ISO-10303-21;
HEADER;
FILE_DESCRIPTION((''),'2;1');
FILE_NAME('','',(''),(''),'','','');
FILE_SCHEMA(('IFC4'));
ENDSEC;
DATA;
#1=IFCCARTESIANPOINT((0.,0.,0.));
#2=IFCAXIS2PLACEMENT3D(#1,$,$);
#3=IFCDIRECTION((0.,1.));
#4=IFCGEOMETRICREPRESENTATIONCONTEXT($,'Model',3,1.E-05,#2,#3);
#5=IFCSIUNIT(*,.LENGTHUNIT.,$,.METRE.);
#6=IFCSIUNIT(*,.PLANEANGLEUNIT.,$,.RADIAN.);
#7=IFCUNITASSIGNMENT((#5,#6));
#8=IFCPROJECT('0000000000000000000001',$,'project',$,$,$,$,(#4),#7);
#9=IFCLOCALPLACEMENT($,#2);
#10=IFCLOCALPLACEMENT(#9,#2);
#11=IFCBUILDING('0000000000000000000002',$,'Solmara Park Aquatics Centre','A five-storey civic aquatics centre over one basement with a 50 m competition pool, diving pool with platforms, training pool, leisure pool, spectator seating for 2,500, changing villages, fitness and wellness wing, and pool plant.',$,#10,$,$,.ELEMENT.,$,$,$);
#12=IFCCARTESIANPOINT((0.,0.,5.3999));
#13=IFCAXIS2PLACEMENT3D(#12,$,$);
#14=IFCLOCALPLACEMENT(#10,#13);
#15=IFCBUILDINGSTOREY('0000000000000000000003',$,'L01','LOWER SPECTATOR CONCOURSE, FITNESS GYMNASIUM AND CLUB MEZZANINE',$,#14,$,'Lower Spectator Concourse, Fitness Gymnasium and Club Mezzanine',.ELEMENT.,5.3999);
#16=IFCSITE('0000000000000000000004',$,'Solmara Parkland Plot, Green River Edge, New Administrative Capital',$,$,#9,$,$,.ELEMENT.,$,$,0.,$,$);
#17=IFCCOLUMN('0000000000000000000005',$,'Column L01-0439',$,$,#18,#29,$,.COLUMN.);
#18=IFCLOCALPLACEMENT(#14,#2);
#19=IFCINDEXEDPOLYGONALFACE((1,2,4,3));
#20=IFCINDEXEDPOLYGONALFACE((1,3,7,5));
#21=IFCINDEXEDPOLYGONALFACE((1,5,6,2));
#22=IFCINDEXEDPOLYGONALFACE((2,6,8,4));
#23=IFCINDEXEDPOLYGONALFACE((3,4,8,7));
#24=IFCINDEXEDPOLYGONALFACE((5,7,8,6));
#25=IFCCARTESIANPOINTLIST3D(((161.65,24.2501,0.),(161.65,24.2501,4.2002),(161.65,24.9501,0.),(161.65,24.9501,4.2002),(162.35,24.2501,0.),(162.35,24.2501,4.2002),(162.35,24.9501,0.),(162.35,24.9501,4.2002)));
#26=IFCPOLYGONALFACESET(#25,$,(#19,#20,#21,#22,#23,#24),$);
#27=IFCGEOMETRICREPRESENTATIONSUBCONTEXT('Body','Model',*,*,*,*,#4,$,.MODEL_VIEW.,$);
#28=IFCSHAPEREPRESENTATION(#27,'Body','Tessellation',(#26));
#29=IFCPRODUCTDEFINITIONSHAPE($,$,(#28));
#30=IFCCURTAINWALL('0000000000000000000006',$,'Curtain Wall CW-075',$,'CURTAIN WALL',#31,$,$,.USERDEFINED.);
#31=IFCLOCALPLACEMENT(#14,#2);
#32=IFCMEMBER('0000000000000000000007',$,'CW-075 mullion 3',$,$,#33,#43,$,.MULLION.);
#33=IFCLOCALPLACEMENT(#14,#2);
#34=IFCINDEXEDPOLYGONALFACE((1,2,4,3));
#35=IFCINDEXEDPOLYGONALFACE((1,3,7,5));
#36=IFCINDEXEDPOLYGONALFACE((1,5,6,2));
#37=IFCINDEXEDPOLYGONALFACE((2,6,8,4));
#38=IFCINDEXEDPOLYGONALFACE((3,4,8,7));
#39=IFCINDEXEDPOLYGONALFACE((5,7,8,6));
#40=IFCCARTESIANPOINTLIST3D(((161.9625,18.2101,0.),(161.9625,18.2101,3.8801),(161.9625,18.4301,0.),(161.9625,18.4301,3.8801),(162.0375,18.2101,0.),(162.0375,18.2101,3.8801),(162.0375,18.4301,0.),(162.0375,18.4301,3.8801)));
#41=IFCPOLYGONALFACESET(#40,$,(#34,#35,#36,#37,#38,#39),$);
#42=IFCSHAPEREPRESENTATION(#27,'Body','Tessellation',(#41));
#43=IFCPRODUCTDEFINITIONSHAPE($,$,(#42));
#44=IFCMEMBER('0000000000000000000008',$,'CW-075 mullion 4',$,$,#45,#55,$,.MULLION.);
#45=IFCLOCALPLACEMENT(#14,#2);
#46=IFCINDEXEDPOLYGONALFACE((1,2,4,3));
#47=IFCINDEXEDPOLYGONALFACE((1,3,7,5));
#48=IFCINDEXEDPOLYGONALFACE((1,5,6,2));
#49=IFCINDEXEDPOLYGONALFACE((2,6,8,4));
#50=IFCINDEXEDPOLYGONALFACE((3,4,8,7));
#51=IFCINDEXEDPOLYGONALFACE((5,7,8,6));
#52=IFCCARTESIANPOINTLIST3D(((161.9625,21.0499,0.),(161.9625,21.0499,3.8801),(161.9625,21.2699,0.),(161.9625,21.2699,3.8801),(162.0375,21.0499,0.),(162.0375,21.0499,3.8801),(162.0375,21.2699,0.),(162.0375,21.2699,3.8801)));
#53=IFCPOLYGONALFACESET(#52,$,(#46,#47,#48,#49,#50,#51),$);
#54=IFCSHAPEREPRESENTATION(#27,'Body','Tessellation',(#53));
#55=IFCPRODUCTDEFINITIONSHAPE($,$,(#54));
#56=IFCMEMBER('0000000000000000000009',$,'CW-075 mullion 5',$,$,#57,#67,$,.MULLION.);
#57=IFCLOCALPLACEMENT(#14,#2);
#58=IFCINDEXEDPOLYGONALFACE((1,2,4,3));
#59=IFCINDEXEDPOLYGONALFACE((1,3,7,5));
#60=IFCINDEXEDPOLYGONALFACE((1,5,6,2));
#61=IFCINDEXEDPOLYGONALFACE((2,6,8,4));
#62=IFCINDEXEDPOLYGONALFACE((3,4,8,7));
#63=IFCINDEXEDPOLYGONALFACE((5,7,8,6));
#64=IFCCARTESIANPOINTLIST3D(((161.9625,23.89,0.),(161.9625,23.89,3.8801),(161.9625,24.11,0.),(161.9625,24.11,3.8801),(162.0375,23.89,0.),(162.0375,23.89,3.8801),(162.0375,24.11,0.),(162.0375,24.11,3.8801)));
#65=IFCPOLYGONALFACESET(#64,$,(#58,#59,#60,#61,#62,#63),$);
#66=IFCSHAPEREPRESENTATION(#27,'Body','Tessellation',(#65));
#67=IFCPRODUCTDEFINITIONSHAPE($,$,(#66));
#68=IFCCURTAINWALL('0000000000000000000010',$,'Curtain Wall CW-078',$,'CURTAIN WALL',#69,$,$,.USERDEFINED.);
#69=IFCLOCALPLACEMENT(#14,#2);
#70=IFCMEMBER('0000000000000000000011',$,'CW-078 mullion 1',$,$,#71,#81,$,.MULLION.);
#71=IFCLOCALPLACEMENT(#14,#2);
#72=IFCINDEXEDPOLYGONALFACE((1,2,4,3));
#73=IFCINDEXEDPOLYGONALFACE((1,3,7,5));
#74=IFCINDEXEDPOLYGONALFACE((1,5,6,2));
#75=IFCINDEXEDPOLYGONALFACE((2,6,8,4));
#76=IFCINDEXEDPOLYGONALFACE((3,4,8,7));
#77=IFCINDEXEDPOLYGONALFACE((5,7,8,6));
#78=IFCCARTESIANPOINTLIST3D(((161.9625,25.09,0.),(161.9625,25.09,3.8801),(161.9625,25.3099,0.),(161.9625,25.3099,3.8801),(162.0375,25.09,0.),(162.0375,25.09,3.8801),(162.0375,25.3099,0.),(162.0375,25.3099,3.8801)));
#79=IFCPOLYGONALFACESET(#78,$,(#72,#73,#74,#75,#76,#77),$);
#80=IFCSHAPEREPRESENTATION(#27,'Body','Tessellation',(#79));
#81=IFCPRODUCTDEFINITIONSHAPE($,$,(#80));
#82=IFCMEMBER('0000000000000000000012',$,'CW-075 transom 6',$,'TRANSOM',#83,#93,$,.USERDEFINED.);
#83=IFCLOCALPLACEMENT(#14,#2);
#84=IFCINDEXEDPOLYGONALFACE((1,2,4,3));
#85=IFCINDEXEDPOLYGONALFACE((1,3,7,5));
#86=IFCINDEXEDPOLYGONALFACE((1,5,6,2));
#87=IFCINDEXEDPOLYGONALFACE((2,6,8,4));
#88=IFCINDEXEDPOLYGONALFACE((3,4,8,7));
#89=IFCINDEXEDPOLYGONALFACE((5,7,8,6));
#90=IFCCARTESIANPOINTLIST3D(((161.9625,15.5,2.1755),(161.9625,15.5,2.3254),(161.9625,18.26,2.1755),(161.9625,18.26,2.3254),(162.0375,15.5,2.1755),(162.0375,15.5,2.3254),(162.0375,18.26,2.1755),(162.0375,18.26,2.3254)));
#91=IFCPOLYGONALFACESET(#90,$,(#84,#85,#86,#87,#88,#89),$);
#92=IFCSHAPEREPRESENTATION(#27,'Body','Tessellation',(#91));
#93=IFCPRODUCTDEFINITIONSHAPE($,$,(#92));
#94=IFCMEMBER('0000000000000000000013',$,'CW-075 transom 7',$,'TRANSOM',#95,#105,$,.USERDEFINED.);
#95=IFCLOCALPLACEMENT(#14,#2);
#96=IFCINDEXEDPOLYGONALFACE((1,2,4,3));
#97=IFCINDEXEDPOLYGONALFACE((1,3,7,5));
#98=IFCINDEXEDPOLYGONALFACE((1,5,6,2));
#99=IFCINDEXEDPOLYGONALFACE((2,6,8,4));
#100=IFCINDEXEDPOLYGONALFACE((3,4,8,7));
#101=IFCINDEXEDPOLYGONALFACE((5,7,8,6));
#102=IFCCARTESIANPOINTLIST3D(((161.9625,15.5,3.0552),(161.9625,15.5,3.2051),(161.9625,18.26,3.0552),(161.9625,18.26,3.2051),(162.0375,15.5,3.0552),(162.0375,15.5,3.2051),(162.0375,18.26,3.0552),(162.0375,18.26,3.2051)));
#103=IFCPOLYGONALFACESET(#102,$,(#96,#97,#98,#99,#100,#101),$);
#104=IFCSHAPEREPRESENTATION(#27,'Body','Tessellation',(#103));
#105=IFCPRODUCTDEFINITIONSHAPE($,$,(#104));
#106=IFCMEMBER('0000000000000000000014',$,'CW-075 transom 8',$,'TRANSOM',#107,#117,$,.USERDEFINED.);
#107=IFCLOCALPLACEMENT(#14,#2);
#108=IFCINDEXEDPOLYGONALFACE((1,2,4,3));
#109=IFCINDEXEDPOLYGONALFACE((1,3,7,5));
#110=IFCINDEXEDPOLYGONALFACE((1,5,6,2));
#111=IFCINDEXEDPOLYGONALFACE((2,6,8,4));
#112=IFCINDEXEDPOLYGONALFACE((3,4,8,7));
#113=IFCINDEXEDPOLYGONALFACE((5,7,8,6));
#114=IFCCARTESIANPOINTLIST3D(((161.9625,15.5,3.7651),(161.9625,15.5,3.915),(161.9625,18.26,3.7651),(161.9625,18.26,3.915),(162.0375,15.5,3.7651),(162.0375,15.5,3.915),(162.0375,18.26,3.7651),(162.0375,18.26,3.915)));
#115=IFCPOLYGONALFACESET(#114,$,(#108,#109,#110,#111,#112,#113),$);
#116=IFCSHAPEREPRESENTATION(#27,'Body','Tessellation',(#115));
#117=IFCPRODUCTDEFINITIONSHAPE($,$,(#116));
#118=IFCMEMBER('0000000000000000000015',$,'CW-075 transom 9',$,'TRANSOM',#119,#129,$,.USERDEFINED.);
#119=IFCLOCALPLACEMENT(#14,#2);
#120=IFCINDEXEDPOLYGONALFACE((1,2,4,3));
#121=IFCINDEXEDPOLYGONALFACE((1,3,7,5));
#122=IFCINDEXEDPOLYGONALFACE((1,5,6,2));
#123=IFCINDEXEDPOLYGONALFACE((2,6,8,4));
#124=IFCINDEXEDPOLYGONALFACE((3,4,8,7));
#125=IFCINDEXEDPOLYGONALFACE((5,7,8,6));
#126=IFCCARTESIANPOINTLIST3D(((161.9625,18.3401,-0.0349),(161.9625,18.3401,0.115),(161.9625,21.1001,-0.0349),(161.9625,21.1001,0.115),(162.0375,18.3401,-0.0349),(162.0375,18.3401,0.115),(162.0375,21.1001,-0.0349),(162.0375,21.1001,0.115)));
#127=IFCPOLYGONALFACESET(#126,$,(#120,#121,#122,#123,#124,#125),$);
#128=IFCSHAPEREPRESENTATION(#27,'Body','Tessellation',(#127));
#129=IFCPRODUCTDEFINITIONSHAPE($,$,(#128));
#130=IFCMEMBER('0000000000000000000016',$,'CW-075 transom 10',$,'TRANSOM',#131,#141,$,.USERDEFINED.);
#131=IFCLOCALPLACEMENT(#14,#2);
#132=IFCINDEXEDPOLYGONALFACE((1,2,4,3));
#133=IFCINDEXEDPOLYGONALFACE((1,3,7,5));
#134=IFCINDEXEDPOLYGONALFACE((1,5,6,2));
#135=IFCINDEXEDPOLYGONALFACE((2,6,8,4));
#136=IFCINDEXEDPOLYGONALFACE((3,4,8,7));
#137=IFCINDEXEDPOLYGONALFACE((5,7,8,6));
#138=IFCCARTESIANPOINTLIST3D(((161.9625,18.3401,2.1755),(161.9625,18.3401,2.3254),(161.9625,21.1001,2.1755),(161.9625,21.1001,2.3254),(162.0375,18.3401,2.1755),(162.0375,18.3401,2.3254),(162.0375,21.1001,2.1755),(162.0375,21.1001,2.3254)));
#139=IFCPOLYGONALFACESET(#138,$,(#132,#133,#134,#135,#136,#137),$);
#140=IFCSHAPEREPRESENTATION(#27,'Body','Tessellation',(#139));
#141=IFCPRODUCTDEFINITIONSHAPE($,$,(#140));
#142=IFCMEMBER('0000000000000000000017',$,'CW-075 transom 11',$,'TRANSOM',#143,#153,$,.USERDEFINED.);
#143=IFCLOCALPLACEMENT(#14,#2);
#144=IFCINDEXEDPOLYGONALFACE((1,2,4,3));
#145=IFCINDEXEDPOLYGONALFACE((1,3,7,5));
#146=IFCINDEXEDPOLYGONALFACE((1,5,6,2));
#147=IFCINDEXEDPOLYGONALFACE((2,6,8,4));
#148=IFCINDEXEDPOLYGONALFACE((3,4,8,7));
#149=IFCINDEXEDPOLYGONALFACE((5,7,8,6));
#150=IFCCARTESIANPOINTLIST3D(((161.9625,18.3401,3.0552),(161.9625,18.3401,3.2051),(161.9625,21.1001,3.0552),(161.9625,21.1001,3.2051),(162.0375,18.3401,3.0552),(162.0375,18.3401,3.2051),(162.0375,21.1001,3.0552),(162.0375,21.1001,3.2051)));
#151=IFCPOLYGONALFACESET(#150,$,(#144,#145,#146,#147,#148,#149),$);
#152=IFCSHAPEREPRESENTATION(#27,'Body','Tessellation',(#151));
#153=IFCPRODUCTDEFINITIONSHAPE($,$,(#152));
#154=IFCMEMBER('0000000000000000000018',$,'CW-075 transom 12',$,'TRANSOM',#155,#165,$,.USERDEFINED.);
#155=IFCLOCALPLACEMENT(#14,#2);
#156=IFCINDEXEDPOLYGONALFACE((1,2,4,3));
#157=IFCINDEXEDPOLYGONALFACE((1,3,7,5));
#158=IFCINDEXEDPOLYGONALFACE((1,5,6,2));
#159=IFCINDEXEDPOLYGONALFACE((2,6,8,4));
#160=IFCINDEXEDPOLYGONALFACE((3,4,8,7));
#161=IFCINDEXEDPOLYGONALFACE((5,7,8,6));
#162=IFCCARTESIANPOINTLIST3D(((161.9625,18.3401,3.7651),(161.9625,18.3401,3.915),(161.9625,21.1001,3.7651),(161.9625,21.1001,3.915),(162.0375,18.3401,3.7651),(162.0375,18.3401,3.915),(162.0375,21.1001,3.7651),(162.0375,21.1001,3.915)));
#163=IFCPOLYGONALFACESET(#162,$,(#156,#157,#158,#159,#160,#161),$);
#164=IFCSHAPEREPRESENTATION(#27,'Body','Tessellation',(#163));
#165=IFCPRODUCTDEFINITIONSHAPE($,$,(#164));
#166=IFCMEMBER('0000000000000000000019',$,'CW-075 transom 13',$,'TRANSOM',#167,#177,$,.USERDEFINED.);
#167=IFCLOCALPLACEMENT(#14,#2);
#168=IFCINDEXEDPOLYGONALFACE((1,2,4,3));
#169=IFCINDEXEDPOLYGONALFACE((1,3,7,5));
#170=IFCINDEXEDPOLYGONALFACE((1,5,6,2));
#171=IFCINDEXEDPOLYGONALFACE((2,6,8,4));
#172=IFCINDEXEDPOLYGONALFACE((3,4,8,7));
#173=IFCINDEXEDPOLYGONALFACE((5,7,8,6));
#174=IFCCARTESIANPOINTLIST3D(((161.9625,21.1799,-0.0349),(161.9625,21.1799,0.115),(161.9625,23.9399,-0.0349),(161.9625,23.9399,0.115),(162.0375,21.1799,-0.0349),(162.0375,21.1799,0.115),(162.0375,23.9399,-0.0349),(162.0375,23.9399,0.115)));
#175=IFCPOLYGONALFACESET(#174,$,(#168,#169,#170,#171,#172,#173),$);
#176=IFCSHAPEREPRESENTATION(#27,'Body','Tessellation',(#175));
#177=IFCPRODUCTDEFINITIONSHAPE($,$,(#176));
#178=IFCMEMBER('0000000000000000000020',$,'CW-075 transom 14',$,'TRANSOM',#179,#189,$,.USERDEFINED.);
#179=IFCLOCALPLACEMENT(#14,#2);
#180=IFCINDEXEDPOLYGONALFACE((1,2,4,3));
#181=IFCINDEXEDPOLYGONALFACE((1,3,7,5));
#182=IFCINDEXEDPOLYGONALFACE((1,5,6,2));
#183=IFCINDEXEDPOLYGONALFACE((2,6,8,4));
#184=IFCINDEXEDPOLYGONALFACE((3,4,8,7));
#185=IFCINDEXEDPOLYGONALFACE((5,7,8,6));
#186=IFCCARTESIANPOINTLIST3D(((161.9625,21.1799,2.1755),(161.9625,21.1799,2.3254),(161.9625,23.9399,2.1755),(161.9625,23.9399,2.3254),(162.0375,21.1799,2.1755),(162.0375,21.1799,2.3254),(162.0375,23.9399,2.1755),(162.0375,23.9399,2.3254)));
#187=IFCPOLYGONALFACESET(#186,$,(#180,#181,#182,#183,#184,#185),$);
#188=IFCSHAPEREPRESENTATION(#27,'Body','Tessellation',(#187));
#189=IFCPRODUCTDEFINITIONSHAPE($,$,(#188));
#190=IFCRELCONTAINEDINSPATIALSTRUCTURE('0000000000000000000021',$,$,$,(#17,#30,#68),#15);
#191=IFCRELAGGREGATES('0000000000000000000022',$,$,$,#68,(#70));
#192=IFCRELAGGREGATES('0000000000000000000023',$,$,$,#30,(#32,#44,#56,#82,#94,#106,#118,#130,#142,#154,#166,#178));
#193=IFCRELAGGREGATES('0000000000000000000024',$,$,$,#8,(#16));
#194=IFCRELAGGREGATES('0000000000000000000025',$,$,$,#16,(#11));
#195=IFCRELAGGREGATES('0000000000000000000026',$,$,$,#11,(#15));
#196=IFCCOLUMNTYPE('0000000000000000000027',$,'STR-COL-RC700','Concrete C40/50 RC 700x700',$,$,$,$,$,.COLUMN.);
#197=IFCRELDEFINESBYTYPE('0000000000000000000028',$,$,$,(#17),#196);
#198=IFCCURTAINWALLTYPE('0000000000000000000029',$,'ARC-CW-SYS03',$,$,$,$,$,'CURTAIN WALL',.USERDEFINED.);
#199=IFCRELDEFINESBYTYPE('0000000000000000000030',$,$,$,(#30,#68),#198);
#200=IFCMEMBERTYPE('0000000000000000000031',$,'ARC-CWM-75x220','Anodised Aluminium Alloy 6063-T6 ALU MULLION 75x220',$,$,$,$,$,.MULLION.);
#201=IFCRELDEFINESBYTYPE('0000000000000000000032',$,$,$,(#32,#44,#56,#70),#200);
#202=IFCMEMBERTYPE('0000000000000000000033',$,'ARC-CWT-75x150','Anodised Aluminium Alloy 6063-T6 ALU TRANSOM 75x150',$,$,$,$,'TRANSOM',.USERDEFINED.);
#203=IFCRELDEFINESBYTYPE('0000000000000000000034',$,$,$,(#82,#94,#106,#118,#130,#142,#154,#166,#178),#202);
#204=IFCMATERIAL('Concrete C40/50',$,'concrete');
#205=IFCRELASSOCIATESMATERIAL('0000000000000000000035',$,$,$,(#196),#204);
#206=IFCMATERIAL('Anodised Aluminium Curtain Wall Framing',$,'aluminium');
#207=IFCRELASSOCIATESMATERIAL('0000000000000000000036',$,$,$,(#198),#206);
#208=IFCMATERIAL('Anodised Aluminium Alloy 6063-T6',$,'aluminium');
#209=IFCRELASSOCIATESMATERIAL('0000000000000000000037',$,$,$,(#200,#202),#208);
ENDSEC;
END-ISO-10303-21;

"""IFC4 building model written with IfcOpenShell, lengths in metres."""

from ifc_helpers import new_model, si_unit, direction, frame, origin, origin_2d, place, context, subcontext, project, spatial, rectangle, extrude, material, material_profile, profile_set, type_object, element, aggregate, save


model = new_model("IFC4")

# Units and contexts
model_context = context("Model", 3, precision=1e-05, world=origin(), true_north=direction((0.0, 1.0)))
body_context = subcontext(model_context, "Body", "Model", "MODEL_VIEW")
ifc_project = project(units=[si_unit("LENGTHUNIT", "METRE"), si_unit("PLANEANGLEUNIT", "RADIAN")], contexts=[model_context])

# Site, building, storey
site_placement = place(None, origin())
site = spatial("IfcSite", under=ifc_project, at=site_placement, Name="Solmara Parkland Plot, Green River Edge, New Administrative Capital", CompositionType="ELEMENT", RefElevation=0.0)
building_placement = place(site_placement, origin())
building = spatial("IfcBuilding", under=site, at=building_placement, Name="Solmara Park Aquatics Centre", Description="A five-storey civic aquatics centre over one basement with a 50 m competition pool, diving pool with platforms, training pool, leisure pool, spectator seating for 2,500, changing villages, fitness and wellness wing, and pool plant.", CompositionType="ELEMENT")
storey_placement = place(building_placement, frame((0.0, 0.0, 5.3999)))
storey = spatial("IfcBuildingStorey", under=building, at=storey_placement, Name="L01", Description="LOWER SPECTATOR CONCOURSE, FITNESS GYMNASIUM AND CLUB MEZZANINE", LongName="Lower Spectator Concourse, Fitness Gymnasium and Club Mezzanine", CompositionType="ELEMENT", Elevation=5.3999)

# Column
ifc_material_1 = material(Name="Concrete C40/50", Category="concrete")
ifc_material_profile_1 = material_profile(ifc_material_1, rectangle(XDim=0.7, YDim=0.7, at=origin_2d()), Name="RC 700x700")
ifc_profile_set_1 = profile_set([ifc_material_profile_1], Name="Concrete C40/50")
column_type = type_object("IfcColumnType", Name="STR-COL-RC700", Description="Concrete C40/50 RC 700x700", PredefinedType="COLUMN", material=ifc_profile_set_1)
column_placement = place(storey_placement, frame((162.0, 24.6001, 0.0), z_axis=(0.0, 0.0, 1.0), x_axis=(1.0, 0.0, 0.0)))
element("IfcColumn", 1, at=column_placement, inside=storey, type_object=column_type, Name="Column L01-0439", PredefinedType="COLUMN", context=body_context, shape_type="SweptSolid", body=[
    extrude(rectangle(XDim=0.7, YDim=0.7, at=origin_2d()), origin(), (0.0, 0.0, 1.0), 4.2002),
])

# Curtain wall, members
ifc_material_2 = material(Name="Anodised Aluminium Curtain Wall Framing", Category="aluminium")
curtain_wall_type = type_object("IfcCurtainWallType", Name="ARC-CW-SYS03", ElementType="CURTAIN WALL", PredefinedType="USERDEFINED", material=ifc_material_2)
curtain_wall_1_placement = place(storey_placement, origin())
curtain_wall_1 = element("IfcCurtainWall", 2, at=curtain_wall_1_placement, inside=storey, type_object=curtain_wall_type, Name="Curtain Wall CW-075", ObjectType="CURTAIN WALL", PredefinedType="USERDEFINED")
ifc_material_3 = material(Name="Anodised Aluminium Alloy 6063-T6", Category="aluminium")
ifc_material_profile_2 = material_profile(ifc_material_3, rectangle(XDim=0.075, YDim=0.22, at=origin_2d()), Name="ALU MULLION 75x220")
ifc_profile_set_2 = profile_set([ifc_material_profile_2], Name="Anodised Aluminium Alloy 6063-T6")
member_type_1 = type_object("IfcMemberType", Name="ARC-CWM-75x220", Description="Anodised Aluminium Alloy 6063-T6 ALU MULLION 75x220", PredefinedType="MULLION", material=ifc_profile_set_2)
member_1_placement = place(storey_placement, frame((162.0, 18.3201, 0.0), z_axis=(0.0, 0.0, 1.0), x_axis=(1.0, 0.0, 0.0)))
member_1 = element("IfcMember", 3, at=member_1_placement, type_object=member_type_1, Name="CW-075 mullion 3", PredefinedType="MULLION", context=body_context, shape_type="SweptSolid", body=[
    extrude(rectangle(XDim=0.075, YDim=0.22, at=origin_2d()), origin(), (0.0, 0.0, 1.0), 3.8801),
])
member_2_placement = place(storey_placement, frame((162.0, 21.1599, 0.0), z_axis=(0.0, 0.0, 1.0), x_axis=(1.0, 0.0, 0.0)))
member_2 = element("IfcMember", 4, at=member_2_placement, type_object=member_type_1, Name="CW-075 mullion 4", PredefinedType="MULLION", context=body_context, shape_type="SweptSolid", body=[
    extrude(rectangle(XDim=0.075, YDim=0.22, at=origin_2d()), origin(), (0.0, 0.0, 1.0), 3.8801),
])
member_3_placement = place(storey_placement, frame((162.0, 24.0, 0.0), z_axis=(0.0, 0.0, 1.0), x_axis=(1.0, 0.0, 0.0)))
member_3 = element("IfcMember", 5, at=member_3_placement, type_object=member_type_1, Name="CW-075 mullion 5", PredefinedType="MULLION", context=body_context, shape_type="SweptSolid", body=[
    extrude(rectangle(XDim=0.075, YDim=0.22, at=origin_2d()), origin(), (0.0, 0.0, 1.0), 3.8801),
])

# Curtain wall, member
curtain_wall_2_placement = place(storey_placement, origin())
curtain_wall_2 = element("IfcCurtainWall", 6, at=curtain_wall_2_placement, inside=storey, type_object=curtain_wall_type, Name="Curtain Wall CW-078", ObjectType="CURTAIN WALL", PredefinedType="USERDEFINED")
member_4_placement = place(storey_placement, frame((162.0, 25.2, 0.0), z_axis=(0.0, 0.0, 1.0), x_axis=(1.0, 0.0, 0.0)))
member_4 = element("IfcMember", 7, at=member_4_placement, type_object=member_type_1, Name="CW-078 mullion 1", PredefinedType="MULLION", context=body_context, shape_type="SweptSolid", body=[
    extrude(rectangle(XDim=0.075, YDim=0.22, at=origin_2d()), origin(), (0.0, 0.0, 1.0), 3.8801),
])

# Members
ifc_material_profile_3 = material_profile(ifc_material_3, rectangle(XDim=0.075, YDim=0.1499, at=origin_2d()), Name="ALU TRANSOM 75x150")
ifc_profile_set_3 = profile_set([ifc_material_profile_3], Name="Anodised Aluminium Alloy 6063-T6")
member_type_2 = type_object("IfcMemberType", Name="ARC-CWT-75x150", Description="Anodised Aluminium Alloy 6063-T6 ALU TRANSOM 75x150", ElementType="TRANSOM", PredefinedType="USERDEFINED", material=ifc_profile_set_3)
member_5_placement = place(storey_placement, frame((162.0, 15.5, 2.2505), z_axis=(0.0, 1.0, 0.0), x_axis=(-1.0, 0.0, 0.0)))
member_5 = element("IfcMember", 8, at=member_5_placement, type_object=member_type_2, Name="CW-075 transom 6", ObjectType="TRANSOM", PredefinedType="USERDEFINED", context=body_context, shape_type="SweptSolid", body=[
    extrude(rectangle(XDim=0.075, YDim=0.1499, at=origin_2d()), origin(), (0.0, 0.0, 1.0), 2.76),
])
member_6_placement = place(storey_placement, frame((162.0, 15.5, 3.1301), z_axis=(0.0, 1.0, 0.0), x_axis=(-1.0, 0.0, 0.0)))
member_6 = element("IfcMember", 9, at=member_6_placement, type_object=member_type_2, Name="CW-075 transom 7", ObjectType="TRANSOM", PredefinedType="USERDEFINED", context=body_context, shape_type="SweptSolid", body=[
    extrude(rectangle(XDim=0.075, YDim=0.1499, at=origin_2d()), origin(), (0.0, 0.0, 1.0), 2.76),
])
member_7_placement = place(storey_placement, frame((162.0, 15.5, 3.8401), z_axis=(0.0, 1.0, 0.0), x_axis=(-1.0, 0.0, 0.0)))
member_7 = element("IfcMember", 10, at=member_7_placement, type_object=member_type_2, Name="CW-075 transom 8", ObjectType="TRANSOM", PredefinedType="USERDEFINED", context=body_context, shape_type="SweptSolid", body=[
    extrude(rectangle(XDim=0.075, YDim=0.1499, at=origin_2d()), origin(), (0.0, 0.0, 1.0), 2.76),
])
member_8_placement = place(storey_placement, frame((162.0, 18.3401, 0.04), z_axis=(0.0, 1.0, 0.0), x_axis=(-1.0, 0.0, 0.0)))
member_8 = element("IfcMember", 11, at=member_8_placement, type_object=member_type_2, Name="CW-075 transom 9", ObjectType="TRANSOM", PredefinedType="USERDEFINED", context=body_context, shape_type="SweptSolid", body=[
    extrude(rectangle(XDim=0.075, YDim=0.1499, at=origin_2d()), origin(), (0.0, 0.0, 1.0), 2.76),
])
member_9_placement = place(storey_placement, frame((162.0, 18.3401, 2.2505), z_axis=(0.0, 1.0, 0.0), x_axis=(-1.0, 0.0, 0.0)))
member_9 = element("IfcMember", 12, at=member_9_placement, type_object=member_type_2, Name="CW-075 transom 10", ObjectType="TRANSOM", PredefinedType="USERDEFINED", context=body_context, shape_type="SweptSolid", body=[
    extrude(rectangle(XDim=0.075, YDim=0.1499, at=origin_2d()), origin(), (0.0, 0.0, 1.0), 2.76),
])
member_10_placement = place(storey_placement, frame((162.0, 18.3401, 3.1301), z_axis=(0.0, 1.0, 0.0), x_axis=(-1.0, 0.0, 0.0)))
member_10 = element("IfcMember", 13, at=member_10_placement, type_object=member_type_2, Name="CW-075 transom 11", ObjectType="TRANSOM", PredefinedType="USERDEFINED", context=body_context, shape_type="SweptSolid", body=[
    extrude(rectangle(XDim=0.075, YDim=0.1499, at=origin_2d()), origin(), (0.0, 0.0, 1.0), 2.76),
])
member_11_placement = place(storey_placement, frame((162.0, 18.3401, 3.8401), z_axis=(0.0, 1.0, 0.0), x_axis=(-1.0, 0.0, 0.0)))
member_11 = element("IfcMember", 14, at=member_11_placement, type_object=member_type_2, Name="CW-075 transom 12", ObjectType="TRANSOM", PredefinedType="USERDEFINED", context=body_context, shape_type="SweptSolid", body=[
    extrude(rectangle(XDim=0.075, YDim=0.1499, at=origin_2d()), origin(), (0.0, 0.0, 1.0), 2.76),
])
member_12_placement = place(storey_placement, frame((162.0, 21.1799, 0.04), z_axis=(0.0, 1.0, 0.0), x_axis=(-1.0, 0.0, 0.0)))
member_12 = element("IfcMember", 15, at=member_12_placement, type_object=member_type_2, Name="CW-075 transom 13", ObjectType="TRANSOM", PredefinedType="USERDEFINED", context=body_context, shape_type="SweptSolid", body=[
    extrude(rectangle(XDim=0.075, YDim=0.1499, at=origin_2d()), origin(), (0.0, 0.0, 1.0), 2.76),
])
member_13_placement = place(storey_placement, frame((162.0, 21.1799, 2.2505), z_axis=(0.0, 1.0, 0.0), x_axis=(-1.0, 0.0, 0.0)))
member_13 = element("IfcMember", 16, at=member_13_placement, type_object=member_type_2, Name="CW-075 transom 14", ObjectType="TRANSOM", PredefinedType="USERDEFINED", context=body_context, shape_type="SweptSolid", body=[
    extrude(rectangle(XDim=0.075, YDim=0.1499, at=origin_2d()), origin(), (0.0, 0.0, 1.0), 2.76),
])

aggregate(curtain_wall_2, [member_4])
aggregate(curtain_wall_1, [member_1, member_2, member_3, member_5, member_6, member_7, member_8, member_9, member_10, member_11, member_12, member_13])

save(model, "model.ifc")
